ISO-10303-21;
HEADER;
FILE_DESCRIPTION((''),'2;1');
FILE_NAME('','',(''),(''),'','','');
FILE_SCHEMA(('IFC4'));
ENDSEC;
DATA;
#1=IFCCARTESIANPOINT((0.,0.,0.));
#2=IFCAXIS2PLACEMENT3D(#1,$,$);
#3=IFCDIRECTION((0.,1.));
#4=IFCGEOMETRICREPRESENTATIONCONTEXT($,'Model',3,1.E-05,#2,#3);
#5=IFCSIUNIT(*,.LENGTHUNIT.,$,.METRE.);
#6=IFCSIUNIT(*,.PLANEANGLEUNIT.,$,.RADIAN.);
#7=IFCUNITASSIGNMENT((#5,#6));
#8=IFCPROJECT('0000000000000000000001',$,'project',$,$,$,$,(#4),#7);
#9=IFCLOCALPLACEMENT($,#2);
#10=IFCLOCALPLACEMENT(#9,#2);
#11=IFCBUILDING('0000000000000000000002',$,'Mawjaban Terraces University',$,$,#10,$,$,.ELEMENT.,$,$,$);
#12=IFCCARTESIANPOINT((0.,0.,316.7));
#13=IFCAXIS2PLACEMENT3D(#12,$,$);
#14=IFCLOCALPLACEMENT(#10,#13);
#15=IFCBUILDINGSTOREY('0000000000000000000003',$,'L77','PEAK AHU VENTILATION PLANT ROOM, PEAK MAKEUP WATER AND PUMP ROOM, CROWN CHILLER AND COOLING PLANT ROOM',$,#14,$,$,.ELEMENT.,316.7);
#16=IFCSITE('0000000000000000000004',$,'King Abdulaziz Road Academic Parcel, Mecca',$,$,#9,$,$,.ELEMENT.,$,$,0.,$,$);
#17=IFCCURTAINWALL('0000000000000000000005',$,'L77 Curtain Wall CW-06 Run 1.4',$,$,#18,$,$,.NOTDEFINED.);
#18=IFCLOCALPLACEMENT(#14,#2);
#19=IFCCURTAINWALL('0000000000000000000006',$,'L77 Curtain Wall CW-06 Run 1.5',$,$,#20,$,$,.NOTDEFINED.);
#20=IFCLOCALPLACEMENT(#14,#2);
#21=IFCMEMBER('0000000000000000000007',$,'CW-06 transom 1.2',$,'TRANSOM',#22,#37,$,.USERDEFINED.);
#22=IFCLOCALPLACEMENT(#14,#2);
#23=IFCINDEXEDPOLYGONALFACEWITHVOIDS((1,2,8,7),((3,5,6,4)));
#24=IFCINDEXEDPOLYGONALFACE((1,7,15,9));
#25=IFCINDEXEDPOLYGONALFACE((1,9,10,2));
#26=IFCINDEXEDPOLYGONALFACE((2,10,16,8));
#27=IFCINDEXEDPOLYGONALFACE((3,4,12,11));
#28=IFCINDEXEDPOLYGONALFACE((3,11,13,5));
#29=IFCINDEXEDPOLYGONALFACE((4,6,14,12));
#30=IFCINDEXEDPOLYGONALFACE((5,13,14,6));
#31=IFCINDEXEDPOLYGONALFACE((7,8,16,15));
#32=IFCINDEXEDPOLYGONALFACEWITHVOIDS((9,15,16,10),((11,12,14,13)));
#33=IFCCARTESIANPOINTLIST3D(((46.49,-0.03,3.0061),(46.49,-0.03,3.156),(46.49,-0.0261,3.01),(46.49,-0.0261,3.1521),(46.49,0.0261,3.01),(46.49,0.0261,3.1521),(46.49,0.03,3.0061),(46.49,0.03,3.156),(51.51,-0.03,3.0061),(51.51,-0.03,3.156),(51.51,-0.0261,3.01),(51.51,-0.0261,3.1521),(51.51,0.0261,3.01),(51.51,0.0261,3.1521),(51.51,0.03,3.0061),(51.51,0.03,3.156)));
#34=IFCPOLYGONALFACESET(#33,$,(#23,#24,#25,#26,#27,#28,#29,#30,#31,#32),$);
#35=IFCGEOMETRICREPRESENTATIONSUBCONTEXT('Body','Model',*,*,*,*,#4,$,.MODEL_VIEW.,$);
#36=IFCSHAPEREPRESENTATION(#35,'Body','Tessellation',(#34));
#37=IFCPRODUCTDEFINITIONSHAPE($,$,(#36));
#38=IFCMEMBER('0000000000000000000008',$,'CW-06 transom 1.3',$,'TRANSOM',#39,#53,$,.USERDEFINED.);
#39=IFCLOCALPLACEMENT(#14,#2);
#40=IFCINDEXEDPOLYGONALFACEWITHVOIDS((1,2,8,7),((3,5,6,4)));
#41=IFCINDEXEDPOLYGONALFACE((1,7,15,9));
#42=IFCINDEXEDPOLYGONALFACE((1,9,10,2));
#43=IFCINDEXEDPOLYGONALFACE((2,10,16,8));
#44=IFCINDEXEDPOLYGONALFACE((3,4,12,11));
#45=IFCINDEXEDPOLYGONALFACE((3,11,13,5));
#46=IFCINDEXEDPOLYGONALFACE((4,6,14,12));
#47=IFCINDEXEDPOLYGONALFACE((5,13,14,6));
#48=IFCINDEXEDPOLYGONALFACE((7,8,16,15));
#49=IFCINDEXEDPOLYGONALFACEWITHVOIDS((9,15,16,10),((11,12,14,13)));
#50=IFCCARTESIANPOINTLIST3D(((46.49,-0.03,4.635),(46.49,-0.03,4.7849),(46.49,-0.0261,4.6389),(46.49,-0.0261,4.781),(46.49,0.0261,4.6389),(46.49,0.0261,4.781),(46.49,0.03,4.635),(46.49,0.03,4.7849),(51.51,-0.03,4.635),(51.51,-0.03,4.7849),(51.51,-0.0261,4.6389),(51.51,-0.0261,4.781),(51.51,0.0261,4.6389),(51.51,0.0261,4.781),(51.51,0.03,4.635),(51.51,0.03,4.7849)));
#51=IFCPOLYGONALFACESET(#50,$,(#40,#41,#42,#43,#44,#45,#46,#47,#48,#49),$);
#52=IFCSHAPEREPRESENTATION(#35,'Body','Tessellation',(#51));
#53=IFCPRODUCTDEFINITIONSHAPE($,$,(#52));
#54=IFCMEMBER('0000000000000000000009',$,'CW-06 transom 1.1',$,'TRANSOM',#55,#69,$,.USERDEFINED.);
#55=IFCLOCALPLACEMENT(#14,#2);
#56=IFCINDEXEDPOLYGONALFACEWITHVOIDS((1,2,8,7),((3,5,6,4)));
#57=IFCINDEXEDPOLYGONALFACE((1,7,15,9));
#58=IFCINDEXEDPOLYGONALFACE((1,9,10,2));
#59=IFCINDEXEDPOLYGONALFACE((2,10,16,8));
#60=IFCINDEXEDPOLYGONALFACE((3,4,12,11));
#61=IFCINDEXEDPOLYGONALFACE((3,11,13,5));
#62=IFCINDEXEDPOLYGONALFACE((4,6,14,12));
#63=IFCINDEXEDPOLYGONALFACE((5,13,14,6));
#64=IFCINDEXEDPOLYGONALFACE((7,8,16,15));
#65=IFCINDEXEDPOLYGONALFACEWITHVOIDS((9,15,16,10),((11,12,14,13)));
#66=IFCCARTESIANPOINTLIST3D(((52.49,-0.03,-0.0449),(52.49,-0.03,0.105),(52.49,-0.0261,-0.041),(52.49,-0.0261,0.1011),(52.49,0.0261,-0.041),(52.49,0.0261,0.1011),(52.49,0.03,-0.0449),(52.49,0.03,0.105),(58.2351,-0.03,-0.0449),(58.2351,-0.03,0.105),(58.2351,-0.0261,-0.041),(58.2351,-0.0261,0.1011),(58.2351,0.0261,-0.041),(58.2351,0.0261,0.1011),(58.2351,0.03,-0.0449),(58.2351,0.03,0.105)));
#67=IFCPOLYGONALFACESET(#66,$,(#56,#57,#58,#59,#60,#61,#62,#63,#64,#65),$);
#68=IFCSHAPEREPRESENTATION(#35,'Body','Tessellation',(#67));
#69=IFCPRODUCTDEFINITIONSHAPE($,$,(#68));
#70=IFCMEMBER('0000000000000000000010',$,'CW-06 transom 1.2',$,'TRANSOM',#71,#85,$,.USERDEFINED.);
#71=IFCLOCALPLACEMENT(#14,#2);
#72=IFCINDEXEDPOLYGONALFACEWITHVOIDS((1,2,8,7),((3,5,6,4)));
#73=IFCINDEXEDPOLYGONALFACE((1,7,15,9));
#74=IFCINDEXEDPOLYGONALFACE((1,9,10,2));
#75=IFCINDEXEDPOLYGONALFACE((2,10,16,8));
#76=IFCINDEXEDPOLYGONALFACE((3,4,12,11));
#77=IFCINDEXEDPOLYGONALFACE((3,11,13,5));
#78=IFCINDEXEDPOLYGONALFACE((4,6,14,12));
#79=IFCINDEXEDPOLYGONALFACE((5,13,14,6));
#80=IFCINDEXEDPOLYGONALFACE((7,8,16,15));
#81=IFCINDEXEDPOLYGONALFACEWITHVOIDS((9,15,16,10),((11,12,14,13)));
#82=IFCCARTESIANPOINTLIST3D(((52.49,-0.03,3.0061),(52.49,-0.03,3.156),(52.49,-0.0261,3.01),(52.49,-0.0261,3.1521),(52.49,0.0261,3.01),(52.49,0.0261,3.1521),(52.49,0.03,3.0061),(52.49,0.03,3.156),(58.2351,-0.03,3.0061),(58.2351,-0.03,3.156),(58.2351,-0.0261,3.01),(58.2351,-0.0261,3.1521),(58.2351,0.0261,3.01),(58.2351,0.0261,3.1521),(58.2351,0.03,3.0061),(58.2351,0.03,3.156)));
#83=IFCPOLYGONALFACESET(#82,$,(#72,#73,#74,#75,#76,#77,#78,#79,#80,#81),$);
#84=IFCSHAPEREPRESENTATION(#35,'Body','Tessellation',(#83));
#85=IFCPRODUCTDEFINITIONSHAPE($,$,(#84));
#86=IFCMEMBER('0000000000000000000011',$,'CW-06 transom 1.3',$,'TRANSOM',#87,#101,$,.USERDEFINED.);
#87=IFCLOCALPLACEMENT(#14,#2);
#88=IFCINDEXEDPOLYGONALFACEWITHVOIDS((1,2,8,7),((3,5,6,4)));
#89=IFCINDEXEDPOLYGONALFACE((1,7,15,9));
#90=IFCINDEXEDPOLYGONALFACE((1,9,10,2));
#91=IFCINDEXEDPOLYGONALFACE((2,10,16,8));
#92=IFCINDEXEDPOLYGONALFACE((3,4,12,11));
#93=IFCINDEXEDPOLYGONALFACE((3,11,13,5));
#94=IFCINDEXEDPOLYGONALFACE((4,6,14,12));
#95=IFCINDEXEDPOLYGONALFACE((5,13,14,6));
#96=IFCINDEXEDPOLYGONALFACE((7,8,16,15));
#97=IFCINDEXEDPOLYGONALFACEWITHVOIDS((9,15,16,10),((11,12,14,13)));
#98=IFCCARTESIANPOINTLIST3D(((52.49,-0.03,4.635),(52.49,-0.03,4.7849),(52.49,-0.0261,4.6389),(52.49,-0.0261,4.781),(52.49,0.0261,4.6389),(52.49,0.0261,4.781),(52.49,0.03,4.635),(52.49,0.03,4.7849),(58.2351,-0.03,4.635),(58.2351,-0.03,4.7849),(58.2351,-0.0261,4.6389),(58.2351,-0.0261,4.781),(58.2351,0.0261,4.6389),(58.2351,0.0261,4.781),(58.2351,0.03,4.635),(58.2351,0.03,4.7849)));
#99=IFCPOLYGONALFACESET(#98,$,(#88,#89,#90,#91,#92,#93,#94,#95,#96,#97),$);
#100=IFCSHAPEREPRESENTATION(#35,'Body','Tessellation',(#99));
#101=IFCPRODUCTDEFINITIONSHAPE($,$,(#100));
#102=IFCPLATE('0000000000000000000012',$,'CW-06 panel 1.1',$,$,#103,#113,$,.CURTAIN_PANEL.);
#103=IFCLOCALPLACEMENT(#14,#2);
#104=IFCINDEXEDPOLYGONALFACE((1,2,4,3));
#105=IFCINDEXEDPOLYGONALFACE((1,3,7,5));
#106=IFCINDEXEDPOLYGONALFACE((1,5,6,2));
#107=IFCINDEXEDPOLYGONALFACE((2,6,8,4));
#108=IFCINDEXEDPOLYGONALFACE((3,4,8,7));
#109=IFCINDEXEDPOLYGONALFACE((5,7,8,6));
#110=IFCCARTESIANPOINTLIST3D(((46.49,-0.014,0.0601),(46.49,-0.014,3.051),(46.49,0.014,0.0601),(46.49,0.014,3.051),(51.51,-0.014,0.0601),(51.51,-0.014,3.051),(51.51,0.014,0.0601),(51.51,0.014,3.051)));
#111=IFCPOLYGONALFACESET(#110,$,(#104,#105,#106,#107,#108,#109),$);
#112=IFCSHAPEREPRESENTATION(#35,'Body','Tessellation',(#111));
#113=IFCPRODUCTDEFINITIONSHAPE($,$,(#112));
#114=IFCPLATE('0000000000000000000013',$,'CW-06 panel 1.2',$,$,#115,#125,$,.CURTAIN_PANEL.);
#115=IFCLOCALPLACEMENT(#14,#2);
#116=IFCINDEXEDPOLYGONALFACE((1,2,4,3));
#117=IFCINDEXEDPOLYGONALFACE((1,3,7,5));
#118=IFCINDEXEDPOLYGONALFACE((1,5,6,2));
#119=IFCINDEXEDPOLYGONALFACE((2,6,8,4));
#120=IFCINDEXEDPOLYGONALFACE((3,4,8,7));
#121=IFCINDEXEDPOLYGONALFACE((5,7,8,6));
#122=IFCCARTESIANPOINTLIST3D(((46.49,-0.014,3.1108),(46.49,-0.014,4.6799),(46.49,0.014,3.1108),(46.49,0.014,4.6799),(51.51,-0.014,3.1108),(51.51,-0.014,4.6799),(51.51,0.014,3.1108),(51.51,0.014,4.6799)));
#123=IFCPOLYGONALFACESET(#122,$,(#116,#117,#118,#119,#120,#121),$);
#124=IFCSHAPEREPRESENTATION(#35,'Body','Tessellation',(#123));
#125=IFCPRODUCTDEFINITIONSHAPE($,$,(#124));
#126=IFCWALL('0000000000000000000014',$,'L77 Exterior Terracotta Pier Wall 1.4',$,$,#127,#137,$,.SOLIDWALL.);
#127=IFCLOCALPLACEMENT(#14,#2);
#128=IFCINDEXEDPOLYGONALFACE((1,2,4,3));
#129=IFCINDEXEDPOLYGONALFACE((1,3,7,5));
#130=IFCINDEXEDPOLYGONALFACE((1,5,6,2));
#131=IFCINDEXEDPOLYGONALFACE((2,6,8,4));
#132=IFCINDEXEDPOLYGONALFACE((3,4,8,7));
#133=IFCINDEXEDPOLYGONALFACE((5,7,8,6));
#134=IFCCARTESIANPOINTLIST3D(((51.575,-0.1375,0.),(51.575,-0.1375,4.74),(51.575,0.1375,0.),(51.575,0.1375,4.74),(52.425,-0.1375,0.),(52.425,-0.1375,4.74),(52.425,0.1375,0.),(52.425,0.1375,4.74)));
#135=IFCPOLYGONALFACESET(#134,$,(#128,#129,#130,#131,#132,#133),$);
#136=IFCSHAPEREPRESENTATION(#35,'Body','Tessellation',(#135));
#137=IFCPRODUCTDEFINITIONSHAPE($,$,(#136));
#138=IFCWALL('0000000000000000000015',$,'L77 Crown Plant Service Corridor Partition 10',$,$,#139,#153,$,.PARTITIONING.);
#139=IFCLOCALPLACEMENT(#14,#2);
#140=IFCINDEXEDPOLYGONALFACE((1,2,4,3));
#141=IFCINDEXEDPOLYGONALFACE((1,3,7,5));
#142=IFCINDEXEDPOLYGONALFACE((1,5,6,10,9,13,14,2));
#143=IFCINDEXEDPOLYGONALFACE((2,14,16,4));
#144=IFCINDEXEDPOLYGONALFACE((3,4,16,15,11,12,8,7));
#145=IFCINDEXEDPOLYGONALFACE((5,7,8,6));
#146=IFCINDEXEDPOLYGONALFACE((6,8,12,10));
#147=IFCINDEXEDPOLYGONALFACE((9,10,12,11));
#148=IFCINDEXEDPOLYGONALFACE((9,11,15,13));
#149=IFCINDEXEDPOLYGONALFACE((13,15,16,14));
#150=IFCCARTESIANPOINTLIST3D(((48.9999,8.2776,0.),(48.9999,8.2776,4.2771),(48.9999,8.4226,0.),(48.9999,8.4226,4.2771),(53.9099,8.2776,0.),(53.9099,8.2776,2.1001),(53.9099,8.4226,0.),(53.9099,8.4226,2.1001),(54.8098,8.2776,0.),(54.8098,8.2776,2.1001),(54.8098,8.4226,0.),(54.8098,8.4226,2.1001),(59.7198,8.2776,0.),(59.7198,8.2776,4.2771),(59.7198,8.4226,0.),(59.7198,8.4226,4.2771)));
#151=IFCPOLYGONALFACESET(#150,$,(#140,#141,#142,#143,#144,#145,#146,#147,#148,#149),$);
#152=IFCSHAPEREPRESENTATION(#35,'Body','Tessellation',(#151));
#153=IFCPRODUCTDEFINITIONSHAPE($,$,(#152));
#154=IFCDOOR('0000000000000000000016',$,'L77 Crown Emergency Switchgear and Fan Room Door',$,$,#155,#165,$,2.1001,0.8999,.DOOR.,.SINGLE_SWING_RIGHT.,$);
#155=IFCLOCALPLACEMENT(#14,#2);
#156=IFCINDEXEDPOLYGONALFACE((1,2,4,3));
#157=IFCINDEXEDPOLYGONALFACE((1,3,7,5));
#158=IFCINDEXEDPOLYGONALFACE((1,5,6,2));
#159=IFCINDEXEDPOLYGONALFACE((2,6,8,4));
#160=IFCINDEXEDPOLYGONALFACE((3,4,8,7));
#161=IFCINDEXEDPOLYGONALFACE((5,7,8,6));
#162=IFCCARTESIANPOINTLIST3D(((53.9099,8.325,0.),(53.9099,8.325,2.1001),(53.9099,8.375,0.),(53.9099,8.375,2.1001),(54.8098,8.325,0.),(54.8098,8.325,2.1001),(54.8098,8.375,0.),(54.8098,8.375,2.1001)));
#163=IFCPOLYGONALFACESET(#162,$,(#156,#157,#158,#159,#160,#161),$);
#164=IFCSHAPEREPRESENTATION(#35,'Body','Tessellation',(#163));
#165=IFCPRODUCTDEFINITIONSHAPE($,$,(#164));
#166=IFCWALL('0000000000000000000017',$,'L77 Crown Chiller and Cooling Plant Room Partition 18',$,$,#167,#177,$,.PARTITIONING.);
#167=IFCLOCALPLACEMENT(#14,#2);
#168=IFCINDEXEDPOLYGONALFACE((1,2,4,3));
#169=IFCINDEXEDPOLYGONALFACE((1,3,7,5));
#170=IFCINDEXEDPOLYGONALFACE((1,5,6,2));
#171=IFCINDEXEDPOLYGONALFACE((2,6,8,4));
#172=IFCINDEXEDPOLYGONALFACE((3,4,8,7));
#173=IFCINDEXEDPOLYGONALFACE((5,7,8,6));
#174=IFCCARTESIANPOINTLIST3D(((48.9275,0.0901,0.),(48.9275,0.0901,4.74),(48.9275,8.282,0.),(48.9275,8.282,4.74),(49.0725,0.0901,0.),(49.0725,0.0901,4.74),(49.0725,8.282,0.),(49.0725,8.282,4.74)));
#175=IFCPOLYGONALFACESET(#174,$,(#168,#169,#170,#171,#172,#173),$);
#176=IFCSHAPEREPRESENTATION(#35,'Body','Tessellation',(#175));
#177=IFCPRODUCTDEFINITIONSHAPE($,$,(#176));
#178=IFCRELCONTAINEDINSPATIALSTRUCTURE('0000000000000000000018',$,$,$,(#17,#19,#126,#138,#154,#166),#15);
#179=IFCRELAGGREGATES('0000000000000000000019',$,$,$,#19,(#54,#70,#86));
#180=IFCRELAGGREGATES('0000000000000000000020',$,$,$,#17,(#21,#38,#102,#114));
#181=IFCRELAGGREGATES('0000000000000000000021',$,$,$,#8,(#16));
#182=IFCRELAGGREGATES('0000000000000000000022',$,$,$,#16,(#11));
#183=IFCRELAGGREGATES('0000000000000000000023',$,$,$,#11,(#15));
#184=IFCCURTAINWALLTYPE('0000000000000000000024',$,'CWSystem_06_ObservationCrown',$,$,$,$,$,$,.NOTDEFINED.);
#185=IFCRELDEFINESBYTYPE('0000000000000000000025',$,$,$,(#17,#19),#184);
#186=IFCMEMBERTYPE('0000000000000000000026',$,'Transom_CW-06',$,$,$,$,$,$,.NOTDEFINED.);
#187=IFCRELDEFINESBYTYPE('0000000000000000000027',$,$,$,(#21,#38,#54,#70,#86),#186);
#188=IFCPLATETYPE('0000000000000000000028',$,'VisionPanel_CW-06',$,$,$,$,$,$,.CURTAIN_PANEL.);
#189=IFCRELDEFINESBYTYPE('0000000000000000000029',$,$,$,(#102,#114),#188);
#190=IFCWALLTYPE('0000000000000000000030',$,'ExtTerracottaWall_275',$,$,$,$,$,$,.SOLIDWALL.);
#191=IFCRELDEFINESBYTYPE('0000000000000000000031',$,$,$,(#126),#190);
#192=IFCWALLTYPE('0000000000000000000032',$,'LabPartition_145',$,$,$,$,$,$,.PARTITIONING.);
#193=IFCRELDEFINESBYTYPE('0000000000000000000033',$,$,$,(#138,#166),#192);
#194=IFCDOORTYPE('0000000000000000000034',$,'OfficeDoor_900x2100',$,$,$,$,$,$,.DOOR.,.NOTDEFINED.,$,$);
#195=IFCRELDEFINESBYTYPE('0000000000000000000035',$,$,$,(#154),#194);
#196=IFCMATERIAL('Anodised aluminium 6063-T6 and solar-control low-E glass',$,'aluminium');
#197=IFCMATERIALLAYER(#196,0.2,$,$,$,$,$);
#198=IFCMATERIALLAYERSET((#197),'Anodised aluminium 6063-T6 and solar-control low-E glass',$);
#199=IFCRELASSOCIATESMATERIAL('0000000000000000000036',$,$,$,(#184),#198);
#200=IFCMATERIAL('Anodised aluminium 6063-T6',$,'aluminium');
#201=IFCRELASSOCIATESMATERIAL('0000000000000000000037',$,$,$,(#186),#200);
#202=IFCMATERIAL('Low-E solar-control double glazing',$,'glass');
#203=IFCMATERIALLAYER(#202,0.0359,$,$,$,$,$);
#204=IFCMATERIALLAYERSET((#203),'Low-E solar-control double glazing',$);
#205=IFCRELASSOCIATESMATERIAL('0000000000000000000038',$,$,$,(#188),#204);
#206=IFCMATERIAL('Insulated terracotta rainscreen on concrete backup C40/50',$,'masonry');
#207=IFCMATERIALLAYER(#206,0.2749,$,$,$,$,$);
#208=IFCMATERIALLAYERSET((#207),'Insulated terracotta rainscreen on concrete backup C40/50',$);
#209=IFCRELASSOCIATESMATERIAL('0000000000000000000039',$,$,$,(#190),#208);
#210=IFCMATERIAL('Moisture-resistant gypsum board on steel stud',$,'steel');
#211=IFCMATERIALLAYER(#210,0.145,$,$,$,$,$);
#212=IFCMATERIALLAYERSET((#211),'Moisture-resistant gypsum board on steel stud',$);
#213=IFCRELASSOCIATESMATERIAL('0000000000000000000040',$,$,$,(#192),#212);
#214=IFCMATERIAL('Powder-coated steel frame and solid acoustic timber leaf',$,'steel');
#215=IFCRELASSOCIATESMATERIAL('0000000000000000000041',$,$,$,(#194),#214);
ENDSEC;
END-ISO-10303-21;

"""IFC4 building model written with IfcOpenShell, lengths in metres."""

from ifc_helpers import new_model, si_unit, direction, frame, frame_2d, origin, origin_2d, place, context, subcontext, project, spatial, rectangle, hollow_rectangle, extrude, material, layer, layer_set, material_profile, profile_set, type_object, element, fill, aggregate, save


model = new_model("IFC4")

# Units and contexts
model_context = context("Model", 3, precision=1e-05, world=origin(), true_north=direction((0.0, 1.0)))
body_context = subcontext(model_context, "Body", "Model", "MODEL_VIEW")
ifc_project = project(units=[si_unit("LENGTHUNIT", "METRE"), si_unit("PLANEANGLEUNIT", "RADIAN")], contexts=[model_context])

# Site, building, storey
site_placement = place(None, origin())
site = spatial("IfcSite", under=ifc_project, at=site_placement, Name="King Abdulaziz Road Academic Parcel, Mecca", CompositionType="ELEMENT", RefElevation=0.0)
building_placement = place(site_placement, origin())
building = spatial("IfcBuilding", under=site, at=building_placement, Name="Mawjaban Terraces University", CompositionType="ELEMENT")
storey_placement = place(building_placement, frame((0.0, 0.0, 316.7)))
storey = spatial("IfcBuildingStorey", under=building, at=storey_placement, Name="L77", Description="PEAK AHU VENTILATION PLANT ROOM, PEAK MAKEUP WATER AND PUMP ROOM, CROWN CHILLER AND COOLING PLANT ROOM", CompositionType="ELEMENT", Elevation=316.7)

# Curtain wall
ifc_material_1 = material(Name="Anodised aluminium 6063-T6 and solar-control low-E glass", Category="aluminium")
ifc_layer_1 = layer(ifc_material_1, 0.2)
ifc_layer_set_1 = layer_set([ifc_layer_1], Name="Anodised aluminium 6063-T6 and solar-control low-E glass")
curtain_wall_type = type_object("IfcCurtainWallType", Name="CWSystem_06_ObservationCrown", PredefinedType="NOTDEFINED", material=ifc_layer_set_1)
curtain_wall_1_placement = place(storey_placement, origin())
curtain_wall_1 = element("IfcCurtainWall", 1, at=curtain_wall_1_placement, inside=storey, type_object=curtain_wall_type, Name="L77 Curtain Wall CW-06 Run 1.4", PredefinedType="NOTDEFINED")
ifc_material_2 = material(Name="Anodised aluminium 6063-T6", Category="aluminium")

# Curtain wall
curtain_wall_2_placement = place(storey_placement, origin())
curtain_wall_2 = element("IfcCurtainWall", 2, at=curtain_wall_2_placement, inside=storey, type_object=curtain_wall_type, Name="L77 Curtain Wall CW-06 Run 1.5", PredefinedType="NOTDEFINED")

# Members
ifc_material_profile_1 = material_profile(ifc_material_2, hollow_rectangle(XDim=0.0601, YDim=0.1499, WallThickness=0.0039, at=origin_2d()), Name="ALU150X60X4")
ifc_profile_set_1 = profile_set([ifc_material_profile_1], Name="Anodised aluminium 6063-T6")
member_type_1 = type_object("IfcMemberType", Name="Transom_CW-06", PredefinedType="NOTDEFINED", material=ifc_profile_set_1)
member_1_placement = place(storey_placement, frame((46.49, 0.0, 3.0811), z_axis=(1.0, 0.0, 0.0), x_axis=(0.0, 1.0, 0.0)))
member_1 = element("IfcMember", 3, at=member_1_placement, type_object=member_type_1, Name="CW-06 transom 1.2", ObjectType="TRANSOM", PredefinedType="USERDEFINED", context=body_context, shape_type="SweptSolid", body=[
    extrude(hollow_rectangle(XDim=0.0601, YDim=0.1499, WallThickness=0.0039, at=origin_2d()), origin(), (0.0, 0.0, 1.0), 5.02),
])
member_2_placement = place(storey_placement, frame((46.49, 0.0, 4.71), z_axis=(1.0, 0.0, 0.0), x_axis=(0.0, 1.0, 0.0)))
member_2 = element("IfcMember", 4, at=member_2_placement, type_object=member_type_1, Name="CW-06 transom 1.3", ObjectType="TRANSOM", PredefinedType="USERDEFINED", context=body_context, shape_type="SweptSolid", body=[
    extrude(hollow_rectangle(XDim=0.0601, YDim=0.1499, WallThickness=0.0039, at=origin_2d()), origin(), (0.0, 0.0, 1.0), 5.02),
])
member_3_placement = place(storey_placement, frame((52.49, 0.0, 0.03), z_axis=(1.0, 0.0, 0.0), x_axis=(0.0, 1.0, 0.0)))
member_3 = element("IfcMember", 5, at=member_3_placement, type_object=member_type_1, Name="CW-06 transom 1.1", ObjectType="TRANSOM", PredefinedType="USERDEFINED", context=body_context, shape_type="SweptSolid", body=[
    extrude(hollow_rectangle(XDim=0.0601, YDim=0.1499, WallThickness=0.0039, at=origin_2d()), origin(), (0.0, 0.0, 1.0), 5.7451),
])
member_4_placement = place(storey_placement, frame((52.49, 0.0, 3.0811), z_axis=(1.0, 0.0, 0.0), x_axis=(0.0, 1.0, 0.0)))
member_4 = element("IfcMember", 6, at=member_4_placement, type_object=member_type_1, Name="CW-06 transom 1.2", ObjectType="TRANSOM", PredefinedType="USERDEFINED", context=body_context, shape_type="SweptSolid", body=[
    extrude(hollow_rectangle(XDim=0.0601, YDim=0.1499, WallThickness=0.0039, at=origin_2d()), origin(), (0.0, 0.0, 1.0), 5.7451),
])
member_5_placement = place(storey_placement, frame((52.49, 0.0, 4.71), z_axis=(1.0, 0.0, 0.0), x_axis=(0.0, 1.0, 0.0)))
member_5 = element("IfcMember", 7, at=member_5_placement, type_object=member_type_1, Name="CW-06 transom 1.3", ObjectType="TRANSOM", PredefinedType="USERDEFINED", context=body_context, shape_type="SweptSolid", body=[
    extrude(hollow_rectangle(XDim=0.0601, YDim=0.1499, WallThickness=0.0039, at=origin_2d()), origin(), (0.0, 0.0, 1.0), 5.7451),
])
aggregate(curtain_wall_2, [member_3, member_4, member_5])

# Plates
ifc_material_3 = material(Name="Low-E solar-control double glazing", Category="glass")
ifc_layer_2 = layer(ifc_material_3, 0.0359)
ifc_layer_set_2 = layer_set([ifc_layer_2], Name="Low-E solar-control double glazing")
plate_type = type_object("IfcPlateType", Name="VisionPanel_CW-06", PredefinedType="CURTAIN_PANEL", material=ifc_layer_set_2)
plate_1_placement = place(storey_placement, frame((49.0, 0.0, 0.0601), z_axis=(0.0, 0.0, 1.0), x_axis=(1.0, 0.0, 0.0)))
plate_1 = element("IfcPlate", 8, at=plate_1_placement, type_object=plate_type, Name="CW-06 panel 1.1", PredefinedType="CURTAIN_PANEL", context=body_context, shape_type="SweptSolid", body=[
    extrude(rectangle(XDim=5.02, YDim=0.0281, at=origin_2d()), origin(), (0.0, 0.0, 1.0), 2.991),
])
plate_2_placement = place(storey_placement, frame((49.0, 0.0, 3.1108), z_axis=(0.0, 0.0, 1.0), x_axis=(1.0, 0.0, 0.0)))
plate_2 = element("IfcPlate", 9, at=plate_2_placement, type_object=plate_type, Name="CW-06 panel 1.2", PredefinedType="CURTAIN_PANEL", context=body_context, shape_type="SweptSolid", body=[
    extrude(rectangle(XDim=5.02, YDim=0.0281, at=origin_2d()), origin(), (0.0, 0.0, 1.0), 1.5691),
])
aggregate(curtain_wall_1, [member_1, member_2, plate_1, plate_2])

# Wall
ifc_material_4 = material(Name="Insulated terracotta rainscreen on concrete backup C40/50", Category="masonry")
ifc_layer_3 = layer(ifc_material_4, 0.2749)
ifc_layer_set_3 = layer_set([ifc_layer_3], Name="Insulated terracotta rainscreen on concrete backup C40/50")
wall_type_1 = type_object("IfcWallType", Name="ExtTerracottaWall_275", PredefinedType="SOLIDWALL", material=ifc_layer_set_3)
wall_1_placement = place(storey_placement, frame((51.575, 0.0, 0.0), z_axis=(0.0, 0.0, 1.0), x_axis=(1.0, 0.0, 0.0)))
element("IfcWall", 10, at=wall_1_placement, inside=storey, type_object=wall_type_1, Name="L77 Exterior Terracotta Pier Wall 1.4", PredefinedType="SOLIDWALL", context=body_context, shape_type="SweptSolid", body=[
    extrude(rectangle(XDim=0.8501, YDim=0.2749, at=frame_2d((0.425, 0.0))), origin(), (0.0, 0.0, 1.0), 4.74),
])

# Wall, opening, door
ifc_material_5 = material(Name="Moisture-resistant gypsum board on steel stud", Category="steel")
ifc_layer_4 = layer(ifc_material_5, 0.145)
ifc_layer_set_4 = layer_set([ifc_layer_4], Name="Moisture-resistant gypsum board on steel stud")
wall_type_2 = type_object("IfcWallType", Name="LabPartition_145", PredefinedType="PARTITIONING", material=ifc_layer_set_4)
wall_2_placement = place(storey_placement, frame((49.0, 8.3501, 0.0), z_axis=(0.0, 0.0, 1.0), x_axis=(1.0, 0.0, 0.0)))
wall_2 = element("IfcWall", 11, at=wall_2_placement, inside=storey, type_object=wall_type_2, Name="L77 Crown Plant Service Corridor Partition 10", PredefinedType="PARTITIONING", context=body_context, shape_type="SweptSolid", body=[
    extrude(rectangle(XDim=10.72, YDim=0.145, at=frame_2d((5.3599, 0.0))), origin(), (0.0, 0.0, 1.0), 4.2771),
])
opening_placement = place(wall_2_placement, frame((4.9099, 0.0, 0.0)))
opening = element("IfcOpeningElement", 12, at=opening_placement, cuts=wall_2, PredefinedType="OPENING", context=body_context, shape_type="SweptSolid", body=[
    extrude(rectangle(XDim=0.8999, YDim=2.1001, at=frame_2d((0.45, 1.05))), frame((0.0, 0.0825, 0.0), z_axis=(0.0, -1.0, 0.0), x_axis=(1.0, 0.0, 0.0)), (0.0, 0.0, 1.0), 0.165),
])
ifc_material_6 = material(Name="Powder-coated steel frame and solid acoustic timber leaf", Category="steel")
door_type = type_object("IfcDoorType", Name="OfficeDoor_900x2100", OperationType="NOTDEFINED", PredefinedType="DOOR", material=ifc_material_6)
door_placement = place(opening_placement, origin())
door = element("IfcDoor", 13, at=door_placement, inside=storey, type_object=door_type, Name="L77 Crown Emergency Switchgear and Fan Room Door", OperationType="SINGLE_SWING_RIGHT", OverallHeight=2.1001, OverallWidth=0.8999, PredefinedType="DOOR", context=body_context, shape_type="SweptSolid", body=[
    extrude(rectangle(XDim=0.8999, YDim=2.1001, at=frame_2d((0.45, 1.05))), frame((0.0, 0.0249, 0.0), z_axis=(0.0, -1.0, 0.0), x_axis=(1.0, 0.0, 0.0)), (0.0, 0.0, 1.0), 0.05),
])
fill(opening, door)

# Wall
wall_3_placement = place(storey_placement, frame((49.0, 0.0901, 0.0), z_axis=(0.0, 0.0, 1.0), x_axis=(0.0, 1.0, 0.0)))
element("IfcWall", 14, at=wall_3_placement, inside=storey, type_object=wall_type_2, Name="L77 Crown Chiller and Cooling Plant Room Partition 18", PredefinedType="PARTITIONING", context=body_context, shape_type="SweptSolid", body=[
    extrude(rectangle(XDim=8.1919, YDim=0.145, at=frame_2d((4.0959, 0.0))), origin(), (0.0, 0.0, 1.0), 4.74),
])

save(model, "model.ifc")
